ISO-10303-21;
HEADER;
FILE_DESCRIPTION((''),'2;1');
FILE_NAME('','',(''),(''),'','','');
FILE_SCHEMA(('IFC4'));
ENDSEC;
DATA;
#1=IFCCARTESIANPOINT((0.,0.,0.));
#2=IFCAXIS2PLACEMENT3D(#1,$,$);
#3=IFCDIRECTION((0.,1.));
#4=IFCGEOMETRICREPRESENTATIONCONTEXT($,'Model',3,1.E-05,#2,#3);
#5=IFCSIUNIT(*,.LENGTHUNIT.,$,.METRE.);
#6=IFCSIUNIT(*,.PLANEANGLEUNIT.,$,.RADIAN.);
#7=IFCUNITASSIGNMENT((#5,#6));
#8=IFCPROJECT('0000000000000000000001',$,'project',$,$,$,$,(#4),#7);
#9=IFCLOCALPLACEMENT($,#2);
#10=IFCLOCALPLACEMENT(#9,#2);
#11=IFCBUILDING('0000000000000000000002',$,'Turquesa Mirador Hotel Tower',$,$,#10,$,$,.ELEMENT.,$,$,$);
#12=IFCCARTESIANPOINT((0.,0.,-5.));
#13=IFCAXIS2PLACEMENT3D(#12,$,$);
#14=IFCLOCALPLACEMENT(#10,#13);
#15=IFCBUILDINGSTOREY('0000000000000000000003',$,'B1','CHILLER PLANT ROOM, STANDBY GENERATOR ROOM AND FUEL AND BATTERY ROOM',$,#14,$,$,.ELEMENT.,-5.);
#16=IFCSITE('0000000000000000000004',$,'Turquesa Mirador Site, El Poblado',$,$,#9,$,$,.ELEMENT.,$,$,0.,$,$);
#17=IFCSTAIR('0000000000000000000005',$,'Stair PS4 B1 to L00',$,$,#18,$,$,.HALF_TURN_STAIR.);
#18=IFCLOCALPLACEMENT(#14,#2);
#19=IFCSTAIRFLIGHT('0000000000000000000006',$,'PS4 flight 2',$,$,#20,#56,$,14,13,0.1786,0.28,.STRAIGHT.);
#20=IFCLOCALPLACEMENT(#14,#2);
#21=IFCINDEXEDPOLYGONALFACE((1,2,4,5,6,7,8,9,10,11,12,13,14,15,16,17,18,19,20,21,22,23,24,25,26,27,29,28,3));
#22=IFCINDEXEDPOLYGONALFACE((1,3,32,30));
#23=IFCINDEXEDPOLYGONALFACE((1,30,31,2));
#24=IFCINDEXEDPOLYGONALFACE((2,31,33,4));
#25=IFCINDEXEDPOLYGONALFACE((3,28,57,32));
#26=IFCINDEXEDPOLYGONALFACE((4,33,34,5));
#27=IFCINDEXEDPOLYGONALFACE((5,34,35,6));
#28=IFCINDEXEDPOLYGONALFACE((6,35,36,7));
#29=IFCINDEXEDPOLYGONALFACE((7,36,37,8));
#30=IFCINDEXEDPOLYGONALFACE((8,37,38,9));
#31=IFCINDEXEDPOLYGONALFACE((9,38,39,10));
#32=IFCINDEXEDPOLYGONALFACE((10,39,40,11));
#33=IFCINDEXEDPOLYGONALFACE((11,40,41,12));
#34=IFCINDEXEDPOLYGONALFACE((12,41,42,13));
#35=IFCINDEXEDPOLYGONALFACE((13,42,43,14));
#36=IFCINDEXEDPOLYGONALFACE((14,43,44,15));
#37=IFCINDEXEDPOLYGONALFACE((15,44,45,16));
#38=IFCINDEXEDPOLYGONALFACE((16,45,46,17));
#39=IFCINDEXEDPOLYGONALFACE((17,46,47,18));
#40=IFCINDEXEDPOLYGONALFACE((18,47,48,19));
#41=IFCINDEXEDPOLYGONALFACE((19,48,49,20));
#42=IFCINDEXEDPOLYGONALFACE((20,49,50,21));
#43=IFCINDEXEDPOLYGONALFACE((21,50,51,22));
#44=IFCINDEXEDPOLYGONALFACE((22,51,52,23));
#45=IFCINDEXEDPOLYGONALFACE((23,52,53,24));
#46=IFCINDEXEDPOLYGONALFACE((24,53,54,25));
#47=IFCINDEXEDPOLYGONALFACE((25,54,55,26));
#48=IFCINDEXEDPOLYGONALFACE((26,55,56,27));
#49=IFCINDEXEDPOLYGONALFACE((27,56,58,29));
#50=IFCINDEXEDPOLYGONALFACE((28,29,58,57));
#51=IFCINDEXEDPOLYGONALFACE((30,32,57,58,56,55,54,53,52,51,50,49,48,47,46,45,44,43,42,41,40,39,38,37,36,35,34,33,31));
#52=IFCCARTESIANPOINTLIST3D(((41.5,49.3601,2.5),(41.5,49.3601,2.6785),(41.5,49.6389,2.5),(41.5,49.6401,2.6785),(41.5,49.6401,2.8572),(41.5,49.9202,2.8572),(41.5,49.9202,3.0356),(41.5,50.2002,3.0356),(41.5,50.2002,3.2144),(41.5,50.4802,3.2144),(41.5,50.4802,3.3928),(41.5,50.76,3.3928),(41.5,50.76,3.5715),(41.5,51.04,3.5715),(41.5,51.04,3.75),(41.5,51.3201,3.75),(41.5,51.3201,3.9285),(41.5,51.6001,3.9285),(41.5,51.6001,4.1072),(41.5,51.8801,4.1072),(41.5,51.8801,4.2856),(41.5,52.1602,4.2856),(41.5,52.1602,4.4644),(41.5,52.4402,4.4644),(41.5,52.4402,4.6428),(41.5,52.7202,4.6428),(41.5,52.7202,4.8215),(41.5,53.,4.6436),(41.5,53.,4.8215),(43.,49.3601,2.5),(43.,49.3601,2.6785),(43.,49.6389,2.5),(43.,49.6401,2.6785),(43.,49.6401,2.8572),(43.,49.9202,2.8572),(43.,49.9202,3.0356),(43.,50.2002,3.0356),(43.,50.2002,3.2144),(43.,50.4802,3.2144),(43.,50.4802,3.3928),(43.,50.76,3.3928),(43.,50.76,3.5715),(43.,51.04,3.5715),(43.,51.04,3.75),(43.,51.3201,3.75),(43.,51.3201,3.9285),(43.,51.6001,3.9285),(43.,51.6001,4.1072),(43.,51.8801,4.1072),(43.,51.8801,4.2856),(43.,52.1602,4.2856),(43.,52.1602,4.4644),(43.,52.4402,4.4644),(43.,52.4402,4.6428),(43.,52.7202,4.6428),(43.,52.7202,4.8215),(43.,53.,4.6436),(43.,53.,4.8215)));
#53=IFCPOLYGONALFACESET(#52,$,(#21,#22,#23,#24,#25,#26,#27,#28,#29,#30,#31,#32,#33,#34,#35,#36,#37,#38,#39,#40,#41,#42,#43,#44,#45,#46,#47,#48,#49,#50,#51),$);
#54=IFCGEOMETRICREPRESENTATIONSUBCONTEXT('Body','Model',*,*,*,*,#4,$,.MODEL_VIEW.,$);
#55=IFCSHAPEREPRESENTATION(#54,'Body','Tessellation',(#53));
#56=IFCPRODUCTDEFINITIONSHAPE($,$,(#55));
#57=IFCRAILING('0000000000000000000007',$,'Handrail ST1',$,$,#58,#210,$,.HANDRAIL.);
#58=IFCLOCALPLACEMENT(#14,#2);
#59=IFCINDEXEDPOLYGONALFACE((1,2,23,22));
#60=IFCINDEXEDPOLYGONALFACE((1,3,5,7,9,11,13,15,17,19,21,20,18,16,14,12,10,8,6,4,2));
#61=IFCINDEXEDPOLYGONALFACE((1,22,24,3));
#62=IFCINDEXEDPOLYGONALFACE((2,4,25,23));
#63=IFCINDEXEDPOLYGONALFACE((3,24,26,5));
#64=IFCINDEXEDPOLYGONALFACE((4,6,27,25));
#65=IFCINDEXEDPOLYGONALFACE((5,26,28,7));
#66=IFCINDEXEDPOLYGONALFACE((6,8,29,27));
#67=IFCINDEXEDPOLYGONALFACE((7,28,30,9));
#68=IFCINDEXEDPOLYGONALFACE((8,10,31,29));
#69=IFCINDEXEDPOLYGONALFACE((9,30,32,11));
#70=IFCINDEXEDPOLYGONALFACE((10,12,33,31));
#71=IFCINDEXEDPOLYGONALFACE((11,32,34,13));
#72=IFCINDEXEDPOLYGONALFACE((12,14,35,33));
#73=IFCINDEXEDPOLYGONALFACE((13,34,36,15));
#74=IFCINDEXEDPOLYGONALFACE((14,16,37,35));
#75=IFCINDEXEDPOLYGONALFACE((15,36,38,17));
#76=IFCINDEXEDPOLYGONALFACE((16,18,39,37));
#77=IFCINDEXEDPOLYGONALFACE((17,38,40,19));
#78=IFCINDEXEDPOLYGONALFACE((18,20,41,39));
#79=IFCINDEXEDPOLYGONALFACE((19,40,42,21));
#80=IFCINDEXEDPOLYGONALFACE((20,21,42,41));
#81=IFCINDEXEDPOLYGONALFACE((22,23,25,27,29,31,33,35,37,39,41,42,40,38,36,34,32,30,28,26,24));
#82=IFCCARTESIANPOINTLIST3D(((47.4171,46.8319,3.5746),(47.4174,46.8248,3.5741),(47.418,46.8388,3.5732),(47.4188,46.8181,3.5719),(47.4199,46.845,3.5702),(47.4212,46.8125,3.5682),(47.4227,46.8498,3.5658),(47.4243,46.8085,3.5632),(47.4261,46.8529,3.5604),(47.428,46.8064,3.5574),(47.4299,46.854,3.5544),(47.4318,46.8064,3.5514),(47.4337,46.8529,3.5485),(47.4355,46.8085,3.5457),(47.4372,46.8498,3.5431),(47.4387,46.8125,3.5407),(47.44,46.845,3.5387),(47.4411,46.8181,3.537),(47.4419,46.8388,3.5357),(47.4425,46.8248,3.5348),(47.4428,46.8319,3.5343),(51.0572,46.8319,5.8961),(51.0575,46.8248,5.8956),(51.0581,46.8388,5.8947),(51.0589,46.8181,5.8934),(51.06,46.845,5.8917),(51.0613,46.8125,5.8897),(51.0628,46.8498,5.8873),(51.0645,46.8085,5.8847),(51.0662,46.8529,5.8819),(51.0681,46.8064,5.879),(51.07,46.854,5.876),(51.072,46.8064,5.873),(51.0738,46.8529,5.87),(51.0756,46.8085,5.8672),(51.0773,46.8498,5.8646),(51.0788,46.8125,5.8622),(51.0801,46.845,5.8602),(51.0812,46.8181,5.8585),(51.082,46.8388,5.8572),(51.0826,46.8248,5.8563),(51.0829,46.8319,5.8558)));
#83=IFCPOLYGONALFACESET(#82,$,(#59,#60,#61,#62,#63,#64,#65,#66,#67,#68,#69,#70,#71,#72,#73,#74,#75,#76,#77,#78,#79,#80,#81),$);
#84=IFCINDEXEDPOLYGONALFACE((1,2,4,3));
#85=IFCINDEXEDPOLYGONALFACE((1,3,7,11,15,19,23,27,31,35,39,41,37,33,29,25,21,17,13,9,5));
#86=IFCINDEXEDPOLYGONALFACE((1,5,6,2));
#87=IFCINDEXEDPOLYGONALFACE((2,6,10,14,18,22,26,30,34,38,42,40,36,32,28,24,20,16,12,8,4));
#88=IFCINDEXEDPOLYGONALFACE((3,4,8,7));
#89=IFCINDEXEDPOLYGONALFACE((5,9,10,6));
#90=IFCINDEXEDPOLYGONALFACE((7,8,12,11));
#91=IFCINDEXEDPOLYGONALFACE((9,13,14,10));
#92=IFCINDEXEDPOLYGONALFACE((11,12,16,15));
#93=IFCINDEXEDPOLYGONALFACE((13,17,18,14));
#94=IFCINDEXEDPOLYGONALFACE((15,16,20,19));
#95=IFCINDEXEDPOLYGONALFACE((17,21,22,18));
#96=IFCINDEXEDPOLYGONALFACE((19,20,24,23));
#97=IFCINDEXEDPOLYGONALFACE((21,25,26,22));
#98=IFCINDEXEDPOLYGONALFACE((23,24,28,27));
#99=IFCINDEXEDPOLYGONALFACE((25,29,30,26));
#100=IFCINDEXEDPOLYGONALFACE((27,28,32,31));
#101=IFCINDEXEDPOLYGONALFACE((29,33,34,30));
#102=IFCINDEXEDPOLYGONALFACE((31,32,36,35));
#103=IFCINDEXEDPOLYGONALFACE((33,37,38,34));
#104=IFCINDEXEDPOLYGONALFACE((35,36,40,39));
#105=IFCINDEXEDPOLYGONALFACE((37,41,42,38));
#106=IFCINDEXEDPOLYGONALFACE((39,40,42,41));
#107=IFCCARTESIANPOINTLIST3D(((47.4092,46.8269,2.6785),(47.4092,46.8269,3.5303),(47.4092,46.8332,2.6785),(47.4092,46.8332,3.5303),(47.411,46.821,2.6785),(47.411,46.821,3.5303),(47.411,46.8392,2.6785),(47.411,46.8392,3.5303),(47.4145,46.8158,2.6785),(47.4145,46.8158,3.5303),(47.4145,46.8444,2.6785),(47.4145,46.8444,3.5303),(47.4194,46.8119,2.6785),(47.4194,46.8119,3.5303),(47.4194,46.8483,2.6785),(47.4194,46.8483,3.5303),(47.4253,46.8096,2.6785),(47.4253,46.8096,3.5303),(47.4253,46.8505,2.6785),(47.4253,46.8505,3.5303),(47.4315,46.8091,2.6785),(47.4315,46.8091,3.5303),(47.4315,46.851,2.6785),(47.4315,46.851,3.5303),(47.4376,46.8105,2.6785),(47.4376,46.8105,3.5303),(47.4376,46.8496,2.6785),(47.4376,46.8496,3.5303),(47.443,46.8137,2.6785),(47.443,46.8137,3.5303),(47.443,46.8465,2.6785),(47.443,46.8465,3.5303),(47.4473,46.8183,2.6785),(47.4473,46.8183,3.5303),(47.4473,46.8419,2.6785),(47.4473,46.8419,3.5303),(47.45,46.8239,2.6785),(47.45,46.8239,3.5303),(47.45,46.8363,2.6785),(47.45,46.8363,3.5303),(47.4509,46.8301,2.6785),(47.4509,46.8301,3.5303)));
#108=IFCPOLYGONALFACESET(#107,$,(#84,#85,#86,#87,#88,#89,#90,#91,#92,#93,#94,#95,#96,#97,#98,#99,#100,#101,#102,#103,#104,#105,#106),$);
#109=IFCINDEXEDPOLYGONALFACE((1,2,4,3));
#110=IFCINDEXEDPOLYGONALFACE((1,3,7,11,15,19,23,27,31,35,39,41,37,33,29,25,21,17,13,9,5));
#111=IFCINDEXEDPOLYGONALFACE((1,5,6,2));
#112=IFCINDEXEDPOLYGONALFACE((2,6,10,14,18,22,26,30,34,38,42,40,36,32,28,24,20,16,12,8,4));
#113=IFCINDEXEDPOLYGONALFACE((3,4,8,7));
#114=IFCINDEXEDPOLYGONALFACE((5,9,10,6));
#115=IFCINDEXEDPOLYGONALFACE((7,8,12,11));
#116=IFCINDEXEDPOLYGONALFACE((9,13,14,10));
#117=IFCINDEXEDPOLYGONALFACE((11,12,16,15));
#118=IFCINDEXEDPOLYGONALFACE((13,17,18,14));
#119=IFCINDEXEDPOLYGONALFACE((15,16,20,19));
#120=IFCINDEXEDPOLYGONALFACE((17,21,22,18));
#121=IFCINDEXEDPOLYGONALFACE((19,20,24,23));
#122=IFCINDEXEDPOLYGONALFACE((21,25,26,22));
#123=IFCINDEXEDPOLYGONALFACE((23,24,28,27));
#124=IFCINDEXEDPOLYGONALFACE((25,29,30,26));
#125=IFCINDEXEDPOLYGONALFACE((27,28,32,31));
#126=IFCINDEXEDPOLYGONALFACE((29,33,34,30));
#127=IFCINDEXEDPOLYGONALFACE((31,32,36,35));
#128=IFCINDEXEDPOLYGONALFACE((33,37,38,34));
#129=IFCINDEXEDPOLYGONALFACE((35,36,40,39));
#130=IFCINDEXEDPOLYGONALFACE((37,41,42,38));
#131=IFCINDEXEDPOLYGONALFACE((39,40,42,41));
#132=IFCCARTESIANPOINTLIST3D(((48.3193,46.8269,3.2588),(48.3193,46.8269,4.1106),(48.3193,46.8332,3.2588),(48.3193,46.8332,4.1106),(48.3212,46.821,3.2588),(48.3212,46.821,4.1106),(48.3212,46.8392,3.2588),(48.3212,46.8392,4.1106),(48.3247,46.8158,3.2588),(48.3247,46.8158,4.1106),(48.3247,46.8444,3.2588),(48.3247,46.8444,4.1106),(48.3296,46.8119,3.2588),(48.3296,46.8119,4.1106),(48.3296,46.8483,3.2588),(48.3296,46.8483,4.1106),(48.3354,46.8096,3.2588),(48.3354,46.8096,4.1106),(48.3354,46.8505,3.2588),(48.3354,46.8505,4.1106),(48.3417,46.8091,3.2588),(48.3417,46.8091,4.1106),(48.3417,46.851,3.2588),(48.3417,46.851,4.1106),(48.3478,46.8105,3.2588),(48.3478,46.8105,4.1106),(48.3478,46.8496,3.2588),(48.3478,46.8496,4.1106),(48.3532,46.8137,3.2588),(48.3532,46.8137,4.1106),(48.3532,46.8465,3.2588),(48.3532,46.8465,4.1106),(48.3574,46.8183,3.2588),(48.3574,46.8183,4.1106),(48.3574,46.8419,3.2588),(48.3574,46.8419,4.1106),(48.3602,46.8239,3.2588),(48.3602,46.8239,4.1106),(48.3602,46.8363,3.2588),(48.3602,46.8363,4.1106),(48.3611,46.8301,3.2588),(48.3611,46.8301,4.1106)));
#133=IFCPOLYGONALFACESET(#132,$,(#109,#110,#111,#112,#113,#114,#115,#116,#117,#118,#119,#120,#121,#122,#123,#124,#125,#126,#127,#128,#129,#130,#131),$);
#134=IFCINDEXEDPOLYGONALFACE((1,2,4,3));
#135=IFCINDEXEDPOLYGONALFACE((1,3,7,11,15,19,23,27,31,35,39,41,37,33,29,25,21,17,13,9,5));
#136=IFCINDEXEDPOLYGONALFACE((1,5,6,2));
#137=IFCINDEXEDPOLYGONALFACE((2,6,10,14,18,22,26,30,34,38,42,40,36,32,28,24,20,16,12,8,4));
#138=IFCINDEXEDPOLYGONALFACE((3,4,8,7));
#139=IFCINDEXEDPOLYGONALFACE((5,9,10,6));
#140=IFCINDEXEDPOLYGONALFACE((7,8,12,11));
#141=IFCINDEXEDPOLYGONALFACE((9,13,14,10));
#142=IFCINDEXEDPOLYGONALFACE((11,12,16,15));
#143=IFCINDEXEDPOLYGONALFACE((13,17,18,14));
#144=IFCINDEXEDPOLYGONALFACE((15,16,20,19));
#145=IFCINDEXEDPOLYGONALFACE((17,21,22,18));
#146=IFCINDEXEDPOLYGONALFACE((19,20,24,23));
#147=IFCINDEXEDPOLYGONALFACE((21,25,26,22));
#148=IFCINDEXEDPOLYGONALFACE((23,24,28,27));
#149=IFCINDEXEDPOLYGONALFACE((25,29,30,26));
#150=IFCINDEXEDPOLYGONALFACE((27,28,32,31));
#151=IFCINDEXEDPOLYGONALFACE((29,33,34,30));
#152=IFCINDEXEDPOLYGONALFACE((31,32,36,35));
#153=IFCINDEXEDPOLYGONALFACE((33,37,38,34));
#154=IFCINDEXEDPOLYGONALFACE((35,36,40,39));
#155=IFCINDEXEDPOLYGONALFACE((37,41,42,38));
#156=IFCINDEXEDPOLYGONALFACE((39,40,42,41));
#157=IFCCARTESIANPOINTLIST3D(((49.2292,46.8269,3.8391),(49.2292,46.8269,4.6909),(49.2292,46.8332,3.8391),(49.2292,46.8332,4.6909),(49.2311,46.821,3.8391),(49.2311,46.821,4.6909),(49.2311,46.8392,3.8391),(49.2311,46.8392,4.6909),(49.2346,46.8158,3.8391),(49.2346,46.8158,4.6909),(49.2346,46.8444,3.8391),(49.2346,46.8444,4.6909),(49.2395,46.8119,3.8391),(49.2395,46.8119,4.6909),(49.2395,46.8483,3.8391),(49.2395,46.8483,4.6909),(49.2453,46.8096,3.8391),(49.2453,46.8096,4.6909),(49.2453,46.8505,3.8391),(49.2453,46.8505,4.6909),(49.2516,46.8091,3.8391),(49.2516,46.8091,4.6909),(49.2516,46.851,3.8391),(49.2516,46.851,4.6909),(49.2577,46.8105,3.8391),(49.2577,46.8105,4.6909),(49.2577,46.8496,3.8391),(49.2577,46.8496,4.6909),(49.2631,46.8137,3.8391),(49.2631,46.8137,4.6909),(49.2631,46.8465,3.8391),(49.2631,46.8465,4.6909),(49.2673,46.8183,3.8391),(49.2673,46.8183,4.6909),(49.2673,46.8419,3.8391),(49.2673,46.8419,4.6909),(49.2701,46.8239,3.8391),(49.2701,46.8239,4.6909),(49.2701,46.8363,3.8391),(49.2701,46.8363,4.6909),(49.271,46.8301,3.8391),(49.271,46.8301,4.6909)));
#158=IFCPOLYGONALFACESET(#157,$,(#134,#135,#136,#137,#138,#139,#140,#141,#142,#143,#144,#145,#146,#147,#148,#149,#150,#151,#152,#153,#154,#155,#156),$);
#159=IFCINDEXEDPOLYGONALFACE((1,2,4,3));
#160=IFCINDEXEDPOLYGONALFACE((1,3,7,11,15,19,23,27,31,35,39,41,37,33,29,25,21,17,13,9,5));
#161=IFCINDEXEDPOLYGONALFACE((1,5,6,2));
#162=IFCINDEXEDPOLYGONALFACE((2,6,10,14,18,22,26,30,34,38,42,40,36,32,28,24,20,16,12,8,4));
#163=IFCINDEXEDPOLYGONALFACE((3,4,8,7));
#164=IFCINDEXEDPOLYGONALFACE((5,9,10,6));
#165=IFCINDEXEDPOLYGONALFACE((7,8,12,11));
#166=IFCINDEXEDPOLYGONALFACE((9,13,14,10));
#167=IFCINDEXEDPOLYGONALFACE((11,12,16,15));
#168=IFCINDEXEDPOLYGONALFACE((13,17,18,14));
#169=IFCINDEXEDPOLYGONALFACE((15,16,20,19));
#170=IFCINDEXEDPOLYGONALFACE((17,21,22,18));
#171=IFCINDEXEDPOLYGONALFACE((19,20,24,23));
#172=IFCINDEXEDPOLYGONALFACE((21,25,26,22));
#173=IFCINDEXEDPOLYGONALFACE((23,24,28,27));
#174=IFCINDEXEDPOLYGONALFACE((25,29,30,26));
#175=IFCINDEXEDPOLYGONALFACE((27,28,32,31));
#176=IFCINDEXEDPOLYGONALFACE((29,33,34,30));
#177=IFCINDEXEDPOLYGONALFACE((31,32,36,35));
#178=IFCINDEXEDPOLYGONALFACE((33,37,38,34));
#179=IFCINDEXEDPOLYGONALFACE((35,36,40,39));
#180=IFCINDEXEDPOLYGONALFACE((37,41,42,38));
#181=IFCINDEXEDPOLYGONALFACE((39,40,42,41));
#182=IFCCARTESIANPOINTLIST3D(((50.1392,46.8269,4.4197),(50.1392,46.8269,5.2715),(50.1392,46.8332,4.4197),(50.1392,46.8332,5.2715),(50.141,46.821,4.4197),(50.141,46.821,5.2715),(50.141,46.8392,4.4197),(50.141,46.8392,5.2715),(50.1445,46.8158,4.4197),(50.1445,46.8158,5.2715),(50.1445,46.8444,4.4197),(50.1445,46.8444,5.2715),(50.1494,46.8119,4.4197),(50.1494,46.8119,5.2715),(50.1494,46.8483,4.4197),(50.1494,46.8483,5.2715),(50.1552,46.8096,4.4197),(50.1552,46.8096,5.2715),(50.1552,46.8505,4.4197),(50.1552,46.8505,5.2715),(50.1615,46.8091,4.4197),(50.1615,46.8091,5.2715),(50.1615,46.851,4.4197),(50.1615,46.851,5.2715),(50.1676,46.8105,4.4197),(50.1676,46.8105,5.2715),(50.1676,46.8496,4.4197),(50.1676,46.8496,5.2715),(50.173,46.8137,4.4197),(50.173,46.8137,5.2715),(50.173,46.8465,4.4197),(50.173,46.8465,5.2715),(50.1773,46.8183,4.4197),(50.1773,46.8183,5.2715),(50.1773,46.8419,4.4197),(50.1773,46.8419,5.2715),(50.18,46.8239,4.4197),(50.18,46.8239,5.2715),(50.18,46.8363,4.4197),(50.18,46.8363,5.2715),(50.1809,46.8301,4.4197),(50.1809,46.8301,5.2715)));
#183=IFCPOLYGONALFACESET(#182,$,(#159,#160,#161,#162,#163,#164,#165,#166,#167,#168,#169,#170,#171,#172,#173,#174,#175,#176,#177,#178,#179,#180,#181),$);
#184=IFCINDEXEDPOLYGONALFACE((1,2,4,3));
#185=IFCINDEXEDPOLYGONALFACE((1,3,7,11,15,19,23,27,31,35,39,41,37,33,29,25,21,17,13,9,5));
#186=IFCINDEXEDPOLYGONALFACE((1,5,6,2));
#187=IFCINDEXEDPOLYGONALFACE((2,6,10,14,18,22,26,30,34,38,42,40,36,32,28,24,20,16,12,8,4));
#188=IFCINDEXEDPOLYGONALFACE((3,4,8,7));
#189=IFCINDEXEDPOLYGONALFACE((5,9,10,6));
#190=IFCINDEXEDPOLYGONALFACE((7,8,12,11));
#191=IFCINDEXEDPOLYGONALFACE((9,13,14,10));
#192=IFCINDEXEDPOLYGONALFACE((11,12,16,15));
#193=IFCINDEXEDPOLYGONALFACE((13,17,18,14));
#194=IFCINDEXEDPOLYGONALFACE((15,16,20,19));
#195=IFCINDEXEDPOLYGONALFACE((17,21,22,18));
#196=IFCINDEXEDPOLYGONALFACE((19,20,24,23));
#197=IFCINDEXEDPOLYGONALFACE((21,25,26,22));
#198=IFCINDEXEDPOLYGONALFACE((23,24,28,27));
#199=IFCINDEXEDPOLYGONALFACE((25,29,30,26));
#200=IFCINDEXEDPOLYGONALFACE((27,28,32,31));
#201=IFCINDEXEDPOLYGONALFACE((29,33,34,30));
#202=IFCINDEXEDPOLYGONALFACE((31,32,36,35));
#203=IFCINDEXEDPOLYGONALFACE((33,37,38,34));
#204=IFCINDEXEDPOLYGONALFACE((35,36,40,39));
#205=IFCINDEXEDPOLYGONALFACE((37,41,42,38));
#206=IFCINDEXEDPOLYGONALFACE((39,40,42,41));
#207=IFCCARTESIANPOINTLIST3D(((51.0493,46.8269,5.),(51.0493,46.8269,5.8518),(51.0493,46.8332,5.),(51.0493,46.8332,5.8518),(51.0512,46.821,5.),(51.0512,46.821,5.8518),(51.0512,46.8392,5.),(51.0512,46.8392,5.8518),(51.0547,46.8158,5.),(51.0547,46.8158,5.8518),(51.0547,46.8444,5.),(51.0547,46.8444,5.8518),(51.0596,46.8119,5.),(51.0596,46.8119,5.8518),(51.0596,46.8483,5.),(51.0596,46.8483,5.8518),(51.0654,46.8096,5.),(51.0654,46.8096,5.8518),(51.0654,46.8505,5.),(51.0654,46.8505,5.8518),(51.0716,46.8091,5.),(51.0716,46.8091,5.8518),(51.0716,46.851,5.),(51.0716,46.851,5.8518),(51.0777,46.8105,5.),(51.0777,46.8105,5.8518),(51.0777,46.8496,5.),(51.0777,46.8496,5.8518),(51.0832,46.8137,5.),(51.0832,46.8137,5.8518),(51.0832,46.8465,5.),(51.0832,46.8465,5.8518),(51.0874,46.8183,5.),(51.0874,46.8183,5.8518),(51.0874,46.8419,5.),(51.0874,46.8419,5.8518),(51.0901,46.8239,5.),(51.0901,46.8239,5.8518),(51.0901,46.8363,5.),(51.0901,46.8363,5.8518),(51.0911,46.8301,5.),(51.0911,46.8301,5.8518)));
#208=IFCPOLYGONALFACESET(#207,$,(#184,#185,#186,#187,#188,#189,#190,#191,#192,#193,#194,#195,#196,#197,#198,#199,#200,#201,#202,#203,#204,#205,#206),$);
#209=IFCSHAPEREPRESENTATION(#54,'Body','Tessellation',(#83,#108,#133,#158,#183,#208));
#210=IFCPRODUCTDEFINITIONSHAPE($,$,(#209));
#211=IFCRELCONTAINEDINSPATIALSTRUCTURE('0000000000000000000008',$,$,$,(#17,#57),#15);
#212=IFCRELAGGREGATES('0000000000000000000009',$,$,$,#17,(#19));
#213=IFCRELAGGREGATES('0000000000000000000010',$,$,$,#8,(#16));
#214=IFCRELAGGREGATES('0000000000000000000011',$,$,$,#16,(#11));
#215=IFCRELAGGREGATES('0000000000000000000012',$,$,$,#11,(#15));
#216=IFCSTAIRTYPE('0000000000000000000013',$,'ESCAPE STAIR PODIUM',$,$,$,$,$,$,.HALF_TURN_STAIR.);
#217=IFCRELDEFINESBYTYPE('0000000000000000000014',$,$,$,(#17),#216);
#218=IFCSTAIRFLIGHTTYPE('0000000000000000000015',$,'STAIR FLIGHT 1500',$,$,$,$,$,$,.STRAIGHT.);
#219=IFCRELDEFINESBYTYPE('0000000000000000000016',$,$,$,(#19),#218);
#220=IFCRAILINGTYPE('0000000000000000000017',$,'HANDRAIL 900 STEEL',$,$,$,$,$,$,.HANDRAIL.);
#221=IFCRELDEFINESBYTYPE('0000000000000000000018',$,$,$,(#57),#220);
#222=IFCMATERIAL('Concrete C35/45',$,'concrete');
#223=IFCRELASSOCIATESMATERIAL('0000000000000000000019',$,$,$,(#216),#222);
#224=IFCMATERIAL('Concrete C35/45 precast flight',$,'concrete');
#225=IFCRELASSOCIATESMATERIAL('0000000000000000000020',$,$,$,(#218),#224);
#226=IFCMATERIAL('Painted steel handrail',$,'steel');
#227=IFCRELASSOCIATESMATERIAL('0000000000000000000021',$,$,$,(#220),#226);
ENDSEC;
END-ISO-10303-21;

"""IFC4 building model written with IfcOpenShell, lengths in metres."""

from ifc_helpers import new_model, si_unit, direction, frame, origin, origin_2d, place, context, subcontext, project, spatial, polyline, circle, outline, extrude, material, type_object, element, aggregate, save


model = new_model("IFC4")

# Units and contexts
model_context = context("Model", 3, precision=1e-05, world=origin(), true_north=direction((0.0, 1.0)))
body_context = subcontext(model_context, "Body", "Model", "MODEL_VIEW")
ifc_project = project(units=[si_unit("LENGTHUNIT", "METRE"), si_unit("PLANEANGLEUNIT", "RADIAN")], contexts=[model_context])

# Site, building, storey
site_placement = place(None, origin())
site = spatial("IfcSite", under=ifc_project, at=site_placement, Name="Turquesa Mirador Site, El Poblado", CompositionType="ELEMENT", RefElevation=0.0)
building_placement = place(site_placement, origin())
building = spatial("IfcBuilding", under=site, at=building_placement, Name="Turquesa Mirador Hotel Tower", CompositionType="ELEMENT")
storey_placement = place(building_placement, frame((0.0, 0.0, -5.0)))
storey = spatial("IfcBuildingStorey", under=building, at=storey_placement, Name="B1", Description="CHILLER PLANT ROOM, STANDBY GENERATOR ROOM AND FUEL AND BATTERY ROOM", CompositionType="ELEMENT", Elevation=-5.0)

# Stair, stair flight
ifc_material_1 = material(Name="Concrete C35/45", Category="concrete")
stair_type_1 = type_object("IfcStairType", Name="ESCAPE STAIR PODIUM", PredefinedType="HALF_TURN_STAIR", material=ifc_material_1)
stair_1_placement = place(storey_placement, origin())
stair_1 = element("IfcStair", 1, at=stair_1_placement, inside=storey, type_object=stair_type_1, Name="Stair PS4 B1 to L00", PredefinedType="HALF_TURN_STAIR")
ifc_material_2 = material(Name="Concrete C35/45 precast flight", Category="concrete")
stair_flight_type_1 = type_object("IfcStairFlightType", Name="STAIR FLIGHT 1500", PredefinedType="STRAIGHT", material=ifc_material_2)
stair_flight_1_placement = place(storey_placement, frame((42.25, 49.3601, 2.5), z_axis=(0.0, 0.0, 1.0), x_axis=(0.0, 1.0, 0.0)))
stair_flight_1 = element("IfcStairFlight", 2, at=stair_flight_1_placement, type_object=stair_flight_type_1, Name="PS4 flight 2", NumberOfRisers=14, NumberOfTreads=13, PredefinedType="STRAIGHT", RiserHeight=0.1786, TreadLength=0.28, context=body_context, shape_type="SweptSolid", body=[
    extrude(outline(polyline([(0.0, 0.0), (0.0, 0.1785), (0.28, 0.1785), (0.28, 0.3572), (0.5601, 0.3572), (0.5601, 0.5356), (0.8401, 0.5356), (0.8401, 0.7144), (1.1201, 0.7144), (1.1201, 0.8928), (1.3999, 0.8928), (1.3999, 1.0715), (1.6799, 1.0715), (1.6799, 1.25), (1.96, 1.25), (1.96, 1.4285), (2.24, 1.4285), (2.24, 1.6072), (2.52, 1.6072), (2.52, 1.7856), (2.8, 1.7856), (2.8, 1.9644), (3.0801, 1.9644), (3.0801, 2.1428), (3.3601, 2.1428), (3.3601, 2.3215), (3.6399, 2.3215), (3.6399, 2.5), (3.6399, 2.1436), (0.2788, 0.0), (0.0, 0.0)])), frame((0.0, 0.75, 0.0), z_axis=(0.0, -1.0, 0.0), x_axis=(1.0, 0.0, 0.0)), (0.0, 0.0, 1.0), 1.5),
])
aggregate(stair_1, [stair_flight_1])

# Railing
ifc_material_3 = material(Name="Painted steel handrail", Category="steel")
railing_type = type_object("IfcRailingType", Name="HANDRAIL 900 STEEL", PredefinedType="HANDRAIL", material=ifc_material_3)
railing_1_placement = place(storey_placement, frame((47.4299, 46.8301, 2.6785)))
element("IfcRailing", 3, at=railing_1_placement, inside=storey, type_object=railing_type, Name="Handrail ST1", PredefinedType="HANDRAIL", context=body_context, shape_type="SweptSolid", body=[
    extrude(circle(Radius=0.0239, at=origin_2d()), frame((0.0, 0.0, 0.876), z_axis=(0.843128, 0.0, 0.537713), x_axis=(0.0, 1.0, 0.0)), (0.0, 0.0, 1.0), 4.3174),
    extrude(circle(Radius=0.021, at=origin_2d()), origin(), (0.0, 0.0, 1.0), 0.8518),
    extrude(circle(Radius=0.021, at=origin_2d()), frame((0.9102, 0.0, 0.5803)), (0.0, 0.0, 1.0), 0.8518),
    extrude(circle(Radius=0.021, at=origin_2d()), frame((1.8201, 0.0, 1.1606)), (0.0, 0.0, 1.0), 0.8518),
    extrude(circle(Radius=0.021, at=origin_2d()), frame((2.73, 0.0, 1.7412)), (0.0, 0.0, 1.0), 0.8518),
    extrude(circle(Radius=0.021, at=origin_2d()), frame((3.6401, 0.0, 2.3215)), (0.0, 0.0, 1.0), 0.8518),
])

save(model, "model.ifc")
